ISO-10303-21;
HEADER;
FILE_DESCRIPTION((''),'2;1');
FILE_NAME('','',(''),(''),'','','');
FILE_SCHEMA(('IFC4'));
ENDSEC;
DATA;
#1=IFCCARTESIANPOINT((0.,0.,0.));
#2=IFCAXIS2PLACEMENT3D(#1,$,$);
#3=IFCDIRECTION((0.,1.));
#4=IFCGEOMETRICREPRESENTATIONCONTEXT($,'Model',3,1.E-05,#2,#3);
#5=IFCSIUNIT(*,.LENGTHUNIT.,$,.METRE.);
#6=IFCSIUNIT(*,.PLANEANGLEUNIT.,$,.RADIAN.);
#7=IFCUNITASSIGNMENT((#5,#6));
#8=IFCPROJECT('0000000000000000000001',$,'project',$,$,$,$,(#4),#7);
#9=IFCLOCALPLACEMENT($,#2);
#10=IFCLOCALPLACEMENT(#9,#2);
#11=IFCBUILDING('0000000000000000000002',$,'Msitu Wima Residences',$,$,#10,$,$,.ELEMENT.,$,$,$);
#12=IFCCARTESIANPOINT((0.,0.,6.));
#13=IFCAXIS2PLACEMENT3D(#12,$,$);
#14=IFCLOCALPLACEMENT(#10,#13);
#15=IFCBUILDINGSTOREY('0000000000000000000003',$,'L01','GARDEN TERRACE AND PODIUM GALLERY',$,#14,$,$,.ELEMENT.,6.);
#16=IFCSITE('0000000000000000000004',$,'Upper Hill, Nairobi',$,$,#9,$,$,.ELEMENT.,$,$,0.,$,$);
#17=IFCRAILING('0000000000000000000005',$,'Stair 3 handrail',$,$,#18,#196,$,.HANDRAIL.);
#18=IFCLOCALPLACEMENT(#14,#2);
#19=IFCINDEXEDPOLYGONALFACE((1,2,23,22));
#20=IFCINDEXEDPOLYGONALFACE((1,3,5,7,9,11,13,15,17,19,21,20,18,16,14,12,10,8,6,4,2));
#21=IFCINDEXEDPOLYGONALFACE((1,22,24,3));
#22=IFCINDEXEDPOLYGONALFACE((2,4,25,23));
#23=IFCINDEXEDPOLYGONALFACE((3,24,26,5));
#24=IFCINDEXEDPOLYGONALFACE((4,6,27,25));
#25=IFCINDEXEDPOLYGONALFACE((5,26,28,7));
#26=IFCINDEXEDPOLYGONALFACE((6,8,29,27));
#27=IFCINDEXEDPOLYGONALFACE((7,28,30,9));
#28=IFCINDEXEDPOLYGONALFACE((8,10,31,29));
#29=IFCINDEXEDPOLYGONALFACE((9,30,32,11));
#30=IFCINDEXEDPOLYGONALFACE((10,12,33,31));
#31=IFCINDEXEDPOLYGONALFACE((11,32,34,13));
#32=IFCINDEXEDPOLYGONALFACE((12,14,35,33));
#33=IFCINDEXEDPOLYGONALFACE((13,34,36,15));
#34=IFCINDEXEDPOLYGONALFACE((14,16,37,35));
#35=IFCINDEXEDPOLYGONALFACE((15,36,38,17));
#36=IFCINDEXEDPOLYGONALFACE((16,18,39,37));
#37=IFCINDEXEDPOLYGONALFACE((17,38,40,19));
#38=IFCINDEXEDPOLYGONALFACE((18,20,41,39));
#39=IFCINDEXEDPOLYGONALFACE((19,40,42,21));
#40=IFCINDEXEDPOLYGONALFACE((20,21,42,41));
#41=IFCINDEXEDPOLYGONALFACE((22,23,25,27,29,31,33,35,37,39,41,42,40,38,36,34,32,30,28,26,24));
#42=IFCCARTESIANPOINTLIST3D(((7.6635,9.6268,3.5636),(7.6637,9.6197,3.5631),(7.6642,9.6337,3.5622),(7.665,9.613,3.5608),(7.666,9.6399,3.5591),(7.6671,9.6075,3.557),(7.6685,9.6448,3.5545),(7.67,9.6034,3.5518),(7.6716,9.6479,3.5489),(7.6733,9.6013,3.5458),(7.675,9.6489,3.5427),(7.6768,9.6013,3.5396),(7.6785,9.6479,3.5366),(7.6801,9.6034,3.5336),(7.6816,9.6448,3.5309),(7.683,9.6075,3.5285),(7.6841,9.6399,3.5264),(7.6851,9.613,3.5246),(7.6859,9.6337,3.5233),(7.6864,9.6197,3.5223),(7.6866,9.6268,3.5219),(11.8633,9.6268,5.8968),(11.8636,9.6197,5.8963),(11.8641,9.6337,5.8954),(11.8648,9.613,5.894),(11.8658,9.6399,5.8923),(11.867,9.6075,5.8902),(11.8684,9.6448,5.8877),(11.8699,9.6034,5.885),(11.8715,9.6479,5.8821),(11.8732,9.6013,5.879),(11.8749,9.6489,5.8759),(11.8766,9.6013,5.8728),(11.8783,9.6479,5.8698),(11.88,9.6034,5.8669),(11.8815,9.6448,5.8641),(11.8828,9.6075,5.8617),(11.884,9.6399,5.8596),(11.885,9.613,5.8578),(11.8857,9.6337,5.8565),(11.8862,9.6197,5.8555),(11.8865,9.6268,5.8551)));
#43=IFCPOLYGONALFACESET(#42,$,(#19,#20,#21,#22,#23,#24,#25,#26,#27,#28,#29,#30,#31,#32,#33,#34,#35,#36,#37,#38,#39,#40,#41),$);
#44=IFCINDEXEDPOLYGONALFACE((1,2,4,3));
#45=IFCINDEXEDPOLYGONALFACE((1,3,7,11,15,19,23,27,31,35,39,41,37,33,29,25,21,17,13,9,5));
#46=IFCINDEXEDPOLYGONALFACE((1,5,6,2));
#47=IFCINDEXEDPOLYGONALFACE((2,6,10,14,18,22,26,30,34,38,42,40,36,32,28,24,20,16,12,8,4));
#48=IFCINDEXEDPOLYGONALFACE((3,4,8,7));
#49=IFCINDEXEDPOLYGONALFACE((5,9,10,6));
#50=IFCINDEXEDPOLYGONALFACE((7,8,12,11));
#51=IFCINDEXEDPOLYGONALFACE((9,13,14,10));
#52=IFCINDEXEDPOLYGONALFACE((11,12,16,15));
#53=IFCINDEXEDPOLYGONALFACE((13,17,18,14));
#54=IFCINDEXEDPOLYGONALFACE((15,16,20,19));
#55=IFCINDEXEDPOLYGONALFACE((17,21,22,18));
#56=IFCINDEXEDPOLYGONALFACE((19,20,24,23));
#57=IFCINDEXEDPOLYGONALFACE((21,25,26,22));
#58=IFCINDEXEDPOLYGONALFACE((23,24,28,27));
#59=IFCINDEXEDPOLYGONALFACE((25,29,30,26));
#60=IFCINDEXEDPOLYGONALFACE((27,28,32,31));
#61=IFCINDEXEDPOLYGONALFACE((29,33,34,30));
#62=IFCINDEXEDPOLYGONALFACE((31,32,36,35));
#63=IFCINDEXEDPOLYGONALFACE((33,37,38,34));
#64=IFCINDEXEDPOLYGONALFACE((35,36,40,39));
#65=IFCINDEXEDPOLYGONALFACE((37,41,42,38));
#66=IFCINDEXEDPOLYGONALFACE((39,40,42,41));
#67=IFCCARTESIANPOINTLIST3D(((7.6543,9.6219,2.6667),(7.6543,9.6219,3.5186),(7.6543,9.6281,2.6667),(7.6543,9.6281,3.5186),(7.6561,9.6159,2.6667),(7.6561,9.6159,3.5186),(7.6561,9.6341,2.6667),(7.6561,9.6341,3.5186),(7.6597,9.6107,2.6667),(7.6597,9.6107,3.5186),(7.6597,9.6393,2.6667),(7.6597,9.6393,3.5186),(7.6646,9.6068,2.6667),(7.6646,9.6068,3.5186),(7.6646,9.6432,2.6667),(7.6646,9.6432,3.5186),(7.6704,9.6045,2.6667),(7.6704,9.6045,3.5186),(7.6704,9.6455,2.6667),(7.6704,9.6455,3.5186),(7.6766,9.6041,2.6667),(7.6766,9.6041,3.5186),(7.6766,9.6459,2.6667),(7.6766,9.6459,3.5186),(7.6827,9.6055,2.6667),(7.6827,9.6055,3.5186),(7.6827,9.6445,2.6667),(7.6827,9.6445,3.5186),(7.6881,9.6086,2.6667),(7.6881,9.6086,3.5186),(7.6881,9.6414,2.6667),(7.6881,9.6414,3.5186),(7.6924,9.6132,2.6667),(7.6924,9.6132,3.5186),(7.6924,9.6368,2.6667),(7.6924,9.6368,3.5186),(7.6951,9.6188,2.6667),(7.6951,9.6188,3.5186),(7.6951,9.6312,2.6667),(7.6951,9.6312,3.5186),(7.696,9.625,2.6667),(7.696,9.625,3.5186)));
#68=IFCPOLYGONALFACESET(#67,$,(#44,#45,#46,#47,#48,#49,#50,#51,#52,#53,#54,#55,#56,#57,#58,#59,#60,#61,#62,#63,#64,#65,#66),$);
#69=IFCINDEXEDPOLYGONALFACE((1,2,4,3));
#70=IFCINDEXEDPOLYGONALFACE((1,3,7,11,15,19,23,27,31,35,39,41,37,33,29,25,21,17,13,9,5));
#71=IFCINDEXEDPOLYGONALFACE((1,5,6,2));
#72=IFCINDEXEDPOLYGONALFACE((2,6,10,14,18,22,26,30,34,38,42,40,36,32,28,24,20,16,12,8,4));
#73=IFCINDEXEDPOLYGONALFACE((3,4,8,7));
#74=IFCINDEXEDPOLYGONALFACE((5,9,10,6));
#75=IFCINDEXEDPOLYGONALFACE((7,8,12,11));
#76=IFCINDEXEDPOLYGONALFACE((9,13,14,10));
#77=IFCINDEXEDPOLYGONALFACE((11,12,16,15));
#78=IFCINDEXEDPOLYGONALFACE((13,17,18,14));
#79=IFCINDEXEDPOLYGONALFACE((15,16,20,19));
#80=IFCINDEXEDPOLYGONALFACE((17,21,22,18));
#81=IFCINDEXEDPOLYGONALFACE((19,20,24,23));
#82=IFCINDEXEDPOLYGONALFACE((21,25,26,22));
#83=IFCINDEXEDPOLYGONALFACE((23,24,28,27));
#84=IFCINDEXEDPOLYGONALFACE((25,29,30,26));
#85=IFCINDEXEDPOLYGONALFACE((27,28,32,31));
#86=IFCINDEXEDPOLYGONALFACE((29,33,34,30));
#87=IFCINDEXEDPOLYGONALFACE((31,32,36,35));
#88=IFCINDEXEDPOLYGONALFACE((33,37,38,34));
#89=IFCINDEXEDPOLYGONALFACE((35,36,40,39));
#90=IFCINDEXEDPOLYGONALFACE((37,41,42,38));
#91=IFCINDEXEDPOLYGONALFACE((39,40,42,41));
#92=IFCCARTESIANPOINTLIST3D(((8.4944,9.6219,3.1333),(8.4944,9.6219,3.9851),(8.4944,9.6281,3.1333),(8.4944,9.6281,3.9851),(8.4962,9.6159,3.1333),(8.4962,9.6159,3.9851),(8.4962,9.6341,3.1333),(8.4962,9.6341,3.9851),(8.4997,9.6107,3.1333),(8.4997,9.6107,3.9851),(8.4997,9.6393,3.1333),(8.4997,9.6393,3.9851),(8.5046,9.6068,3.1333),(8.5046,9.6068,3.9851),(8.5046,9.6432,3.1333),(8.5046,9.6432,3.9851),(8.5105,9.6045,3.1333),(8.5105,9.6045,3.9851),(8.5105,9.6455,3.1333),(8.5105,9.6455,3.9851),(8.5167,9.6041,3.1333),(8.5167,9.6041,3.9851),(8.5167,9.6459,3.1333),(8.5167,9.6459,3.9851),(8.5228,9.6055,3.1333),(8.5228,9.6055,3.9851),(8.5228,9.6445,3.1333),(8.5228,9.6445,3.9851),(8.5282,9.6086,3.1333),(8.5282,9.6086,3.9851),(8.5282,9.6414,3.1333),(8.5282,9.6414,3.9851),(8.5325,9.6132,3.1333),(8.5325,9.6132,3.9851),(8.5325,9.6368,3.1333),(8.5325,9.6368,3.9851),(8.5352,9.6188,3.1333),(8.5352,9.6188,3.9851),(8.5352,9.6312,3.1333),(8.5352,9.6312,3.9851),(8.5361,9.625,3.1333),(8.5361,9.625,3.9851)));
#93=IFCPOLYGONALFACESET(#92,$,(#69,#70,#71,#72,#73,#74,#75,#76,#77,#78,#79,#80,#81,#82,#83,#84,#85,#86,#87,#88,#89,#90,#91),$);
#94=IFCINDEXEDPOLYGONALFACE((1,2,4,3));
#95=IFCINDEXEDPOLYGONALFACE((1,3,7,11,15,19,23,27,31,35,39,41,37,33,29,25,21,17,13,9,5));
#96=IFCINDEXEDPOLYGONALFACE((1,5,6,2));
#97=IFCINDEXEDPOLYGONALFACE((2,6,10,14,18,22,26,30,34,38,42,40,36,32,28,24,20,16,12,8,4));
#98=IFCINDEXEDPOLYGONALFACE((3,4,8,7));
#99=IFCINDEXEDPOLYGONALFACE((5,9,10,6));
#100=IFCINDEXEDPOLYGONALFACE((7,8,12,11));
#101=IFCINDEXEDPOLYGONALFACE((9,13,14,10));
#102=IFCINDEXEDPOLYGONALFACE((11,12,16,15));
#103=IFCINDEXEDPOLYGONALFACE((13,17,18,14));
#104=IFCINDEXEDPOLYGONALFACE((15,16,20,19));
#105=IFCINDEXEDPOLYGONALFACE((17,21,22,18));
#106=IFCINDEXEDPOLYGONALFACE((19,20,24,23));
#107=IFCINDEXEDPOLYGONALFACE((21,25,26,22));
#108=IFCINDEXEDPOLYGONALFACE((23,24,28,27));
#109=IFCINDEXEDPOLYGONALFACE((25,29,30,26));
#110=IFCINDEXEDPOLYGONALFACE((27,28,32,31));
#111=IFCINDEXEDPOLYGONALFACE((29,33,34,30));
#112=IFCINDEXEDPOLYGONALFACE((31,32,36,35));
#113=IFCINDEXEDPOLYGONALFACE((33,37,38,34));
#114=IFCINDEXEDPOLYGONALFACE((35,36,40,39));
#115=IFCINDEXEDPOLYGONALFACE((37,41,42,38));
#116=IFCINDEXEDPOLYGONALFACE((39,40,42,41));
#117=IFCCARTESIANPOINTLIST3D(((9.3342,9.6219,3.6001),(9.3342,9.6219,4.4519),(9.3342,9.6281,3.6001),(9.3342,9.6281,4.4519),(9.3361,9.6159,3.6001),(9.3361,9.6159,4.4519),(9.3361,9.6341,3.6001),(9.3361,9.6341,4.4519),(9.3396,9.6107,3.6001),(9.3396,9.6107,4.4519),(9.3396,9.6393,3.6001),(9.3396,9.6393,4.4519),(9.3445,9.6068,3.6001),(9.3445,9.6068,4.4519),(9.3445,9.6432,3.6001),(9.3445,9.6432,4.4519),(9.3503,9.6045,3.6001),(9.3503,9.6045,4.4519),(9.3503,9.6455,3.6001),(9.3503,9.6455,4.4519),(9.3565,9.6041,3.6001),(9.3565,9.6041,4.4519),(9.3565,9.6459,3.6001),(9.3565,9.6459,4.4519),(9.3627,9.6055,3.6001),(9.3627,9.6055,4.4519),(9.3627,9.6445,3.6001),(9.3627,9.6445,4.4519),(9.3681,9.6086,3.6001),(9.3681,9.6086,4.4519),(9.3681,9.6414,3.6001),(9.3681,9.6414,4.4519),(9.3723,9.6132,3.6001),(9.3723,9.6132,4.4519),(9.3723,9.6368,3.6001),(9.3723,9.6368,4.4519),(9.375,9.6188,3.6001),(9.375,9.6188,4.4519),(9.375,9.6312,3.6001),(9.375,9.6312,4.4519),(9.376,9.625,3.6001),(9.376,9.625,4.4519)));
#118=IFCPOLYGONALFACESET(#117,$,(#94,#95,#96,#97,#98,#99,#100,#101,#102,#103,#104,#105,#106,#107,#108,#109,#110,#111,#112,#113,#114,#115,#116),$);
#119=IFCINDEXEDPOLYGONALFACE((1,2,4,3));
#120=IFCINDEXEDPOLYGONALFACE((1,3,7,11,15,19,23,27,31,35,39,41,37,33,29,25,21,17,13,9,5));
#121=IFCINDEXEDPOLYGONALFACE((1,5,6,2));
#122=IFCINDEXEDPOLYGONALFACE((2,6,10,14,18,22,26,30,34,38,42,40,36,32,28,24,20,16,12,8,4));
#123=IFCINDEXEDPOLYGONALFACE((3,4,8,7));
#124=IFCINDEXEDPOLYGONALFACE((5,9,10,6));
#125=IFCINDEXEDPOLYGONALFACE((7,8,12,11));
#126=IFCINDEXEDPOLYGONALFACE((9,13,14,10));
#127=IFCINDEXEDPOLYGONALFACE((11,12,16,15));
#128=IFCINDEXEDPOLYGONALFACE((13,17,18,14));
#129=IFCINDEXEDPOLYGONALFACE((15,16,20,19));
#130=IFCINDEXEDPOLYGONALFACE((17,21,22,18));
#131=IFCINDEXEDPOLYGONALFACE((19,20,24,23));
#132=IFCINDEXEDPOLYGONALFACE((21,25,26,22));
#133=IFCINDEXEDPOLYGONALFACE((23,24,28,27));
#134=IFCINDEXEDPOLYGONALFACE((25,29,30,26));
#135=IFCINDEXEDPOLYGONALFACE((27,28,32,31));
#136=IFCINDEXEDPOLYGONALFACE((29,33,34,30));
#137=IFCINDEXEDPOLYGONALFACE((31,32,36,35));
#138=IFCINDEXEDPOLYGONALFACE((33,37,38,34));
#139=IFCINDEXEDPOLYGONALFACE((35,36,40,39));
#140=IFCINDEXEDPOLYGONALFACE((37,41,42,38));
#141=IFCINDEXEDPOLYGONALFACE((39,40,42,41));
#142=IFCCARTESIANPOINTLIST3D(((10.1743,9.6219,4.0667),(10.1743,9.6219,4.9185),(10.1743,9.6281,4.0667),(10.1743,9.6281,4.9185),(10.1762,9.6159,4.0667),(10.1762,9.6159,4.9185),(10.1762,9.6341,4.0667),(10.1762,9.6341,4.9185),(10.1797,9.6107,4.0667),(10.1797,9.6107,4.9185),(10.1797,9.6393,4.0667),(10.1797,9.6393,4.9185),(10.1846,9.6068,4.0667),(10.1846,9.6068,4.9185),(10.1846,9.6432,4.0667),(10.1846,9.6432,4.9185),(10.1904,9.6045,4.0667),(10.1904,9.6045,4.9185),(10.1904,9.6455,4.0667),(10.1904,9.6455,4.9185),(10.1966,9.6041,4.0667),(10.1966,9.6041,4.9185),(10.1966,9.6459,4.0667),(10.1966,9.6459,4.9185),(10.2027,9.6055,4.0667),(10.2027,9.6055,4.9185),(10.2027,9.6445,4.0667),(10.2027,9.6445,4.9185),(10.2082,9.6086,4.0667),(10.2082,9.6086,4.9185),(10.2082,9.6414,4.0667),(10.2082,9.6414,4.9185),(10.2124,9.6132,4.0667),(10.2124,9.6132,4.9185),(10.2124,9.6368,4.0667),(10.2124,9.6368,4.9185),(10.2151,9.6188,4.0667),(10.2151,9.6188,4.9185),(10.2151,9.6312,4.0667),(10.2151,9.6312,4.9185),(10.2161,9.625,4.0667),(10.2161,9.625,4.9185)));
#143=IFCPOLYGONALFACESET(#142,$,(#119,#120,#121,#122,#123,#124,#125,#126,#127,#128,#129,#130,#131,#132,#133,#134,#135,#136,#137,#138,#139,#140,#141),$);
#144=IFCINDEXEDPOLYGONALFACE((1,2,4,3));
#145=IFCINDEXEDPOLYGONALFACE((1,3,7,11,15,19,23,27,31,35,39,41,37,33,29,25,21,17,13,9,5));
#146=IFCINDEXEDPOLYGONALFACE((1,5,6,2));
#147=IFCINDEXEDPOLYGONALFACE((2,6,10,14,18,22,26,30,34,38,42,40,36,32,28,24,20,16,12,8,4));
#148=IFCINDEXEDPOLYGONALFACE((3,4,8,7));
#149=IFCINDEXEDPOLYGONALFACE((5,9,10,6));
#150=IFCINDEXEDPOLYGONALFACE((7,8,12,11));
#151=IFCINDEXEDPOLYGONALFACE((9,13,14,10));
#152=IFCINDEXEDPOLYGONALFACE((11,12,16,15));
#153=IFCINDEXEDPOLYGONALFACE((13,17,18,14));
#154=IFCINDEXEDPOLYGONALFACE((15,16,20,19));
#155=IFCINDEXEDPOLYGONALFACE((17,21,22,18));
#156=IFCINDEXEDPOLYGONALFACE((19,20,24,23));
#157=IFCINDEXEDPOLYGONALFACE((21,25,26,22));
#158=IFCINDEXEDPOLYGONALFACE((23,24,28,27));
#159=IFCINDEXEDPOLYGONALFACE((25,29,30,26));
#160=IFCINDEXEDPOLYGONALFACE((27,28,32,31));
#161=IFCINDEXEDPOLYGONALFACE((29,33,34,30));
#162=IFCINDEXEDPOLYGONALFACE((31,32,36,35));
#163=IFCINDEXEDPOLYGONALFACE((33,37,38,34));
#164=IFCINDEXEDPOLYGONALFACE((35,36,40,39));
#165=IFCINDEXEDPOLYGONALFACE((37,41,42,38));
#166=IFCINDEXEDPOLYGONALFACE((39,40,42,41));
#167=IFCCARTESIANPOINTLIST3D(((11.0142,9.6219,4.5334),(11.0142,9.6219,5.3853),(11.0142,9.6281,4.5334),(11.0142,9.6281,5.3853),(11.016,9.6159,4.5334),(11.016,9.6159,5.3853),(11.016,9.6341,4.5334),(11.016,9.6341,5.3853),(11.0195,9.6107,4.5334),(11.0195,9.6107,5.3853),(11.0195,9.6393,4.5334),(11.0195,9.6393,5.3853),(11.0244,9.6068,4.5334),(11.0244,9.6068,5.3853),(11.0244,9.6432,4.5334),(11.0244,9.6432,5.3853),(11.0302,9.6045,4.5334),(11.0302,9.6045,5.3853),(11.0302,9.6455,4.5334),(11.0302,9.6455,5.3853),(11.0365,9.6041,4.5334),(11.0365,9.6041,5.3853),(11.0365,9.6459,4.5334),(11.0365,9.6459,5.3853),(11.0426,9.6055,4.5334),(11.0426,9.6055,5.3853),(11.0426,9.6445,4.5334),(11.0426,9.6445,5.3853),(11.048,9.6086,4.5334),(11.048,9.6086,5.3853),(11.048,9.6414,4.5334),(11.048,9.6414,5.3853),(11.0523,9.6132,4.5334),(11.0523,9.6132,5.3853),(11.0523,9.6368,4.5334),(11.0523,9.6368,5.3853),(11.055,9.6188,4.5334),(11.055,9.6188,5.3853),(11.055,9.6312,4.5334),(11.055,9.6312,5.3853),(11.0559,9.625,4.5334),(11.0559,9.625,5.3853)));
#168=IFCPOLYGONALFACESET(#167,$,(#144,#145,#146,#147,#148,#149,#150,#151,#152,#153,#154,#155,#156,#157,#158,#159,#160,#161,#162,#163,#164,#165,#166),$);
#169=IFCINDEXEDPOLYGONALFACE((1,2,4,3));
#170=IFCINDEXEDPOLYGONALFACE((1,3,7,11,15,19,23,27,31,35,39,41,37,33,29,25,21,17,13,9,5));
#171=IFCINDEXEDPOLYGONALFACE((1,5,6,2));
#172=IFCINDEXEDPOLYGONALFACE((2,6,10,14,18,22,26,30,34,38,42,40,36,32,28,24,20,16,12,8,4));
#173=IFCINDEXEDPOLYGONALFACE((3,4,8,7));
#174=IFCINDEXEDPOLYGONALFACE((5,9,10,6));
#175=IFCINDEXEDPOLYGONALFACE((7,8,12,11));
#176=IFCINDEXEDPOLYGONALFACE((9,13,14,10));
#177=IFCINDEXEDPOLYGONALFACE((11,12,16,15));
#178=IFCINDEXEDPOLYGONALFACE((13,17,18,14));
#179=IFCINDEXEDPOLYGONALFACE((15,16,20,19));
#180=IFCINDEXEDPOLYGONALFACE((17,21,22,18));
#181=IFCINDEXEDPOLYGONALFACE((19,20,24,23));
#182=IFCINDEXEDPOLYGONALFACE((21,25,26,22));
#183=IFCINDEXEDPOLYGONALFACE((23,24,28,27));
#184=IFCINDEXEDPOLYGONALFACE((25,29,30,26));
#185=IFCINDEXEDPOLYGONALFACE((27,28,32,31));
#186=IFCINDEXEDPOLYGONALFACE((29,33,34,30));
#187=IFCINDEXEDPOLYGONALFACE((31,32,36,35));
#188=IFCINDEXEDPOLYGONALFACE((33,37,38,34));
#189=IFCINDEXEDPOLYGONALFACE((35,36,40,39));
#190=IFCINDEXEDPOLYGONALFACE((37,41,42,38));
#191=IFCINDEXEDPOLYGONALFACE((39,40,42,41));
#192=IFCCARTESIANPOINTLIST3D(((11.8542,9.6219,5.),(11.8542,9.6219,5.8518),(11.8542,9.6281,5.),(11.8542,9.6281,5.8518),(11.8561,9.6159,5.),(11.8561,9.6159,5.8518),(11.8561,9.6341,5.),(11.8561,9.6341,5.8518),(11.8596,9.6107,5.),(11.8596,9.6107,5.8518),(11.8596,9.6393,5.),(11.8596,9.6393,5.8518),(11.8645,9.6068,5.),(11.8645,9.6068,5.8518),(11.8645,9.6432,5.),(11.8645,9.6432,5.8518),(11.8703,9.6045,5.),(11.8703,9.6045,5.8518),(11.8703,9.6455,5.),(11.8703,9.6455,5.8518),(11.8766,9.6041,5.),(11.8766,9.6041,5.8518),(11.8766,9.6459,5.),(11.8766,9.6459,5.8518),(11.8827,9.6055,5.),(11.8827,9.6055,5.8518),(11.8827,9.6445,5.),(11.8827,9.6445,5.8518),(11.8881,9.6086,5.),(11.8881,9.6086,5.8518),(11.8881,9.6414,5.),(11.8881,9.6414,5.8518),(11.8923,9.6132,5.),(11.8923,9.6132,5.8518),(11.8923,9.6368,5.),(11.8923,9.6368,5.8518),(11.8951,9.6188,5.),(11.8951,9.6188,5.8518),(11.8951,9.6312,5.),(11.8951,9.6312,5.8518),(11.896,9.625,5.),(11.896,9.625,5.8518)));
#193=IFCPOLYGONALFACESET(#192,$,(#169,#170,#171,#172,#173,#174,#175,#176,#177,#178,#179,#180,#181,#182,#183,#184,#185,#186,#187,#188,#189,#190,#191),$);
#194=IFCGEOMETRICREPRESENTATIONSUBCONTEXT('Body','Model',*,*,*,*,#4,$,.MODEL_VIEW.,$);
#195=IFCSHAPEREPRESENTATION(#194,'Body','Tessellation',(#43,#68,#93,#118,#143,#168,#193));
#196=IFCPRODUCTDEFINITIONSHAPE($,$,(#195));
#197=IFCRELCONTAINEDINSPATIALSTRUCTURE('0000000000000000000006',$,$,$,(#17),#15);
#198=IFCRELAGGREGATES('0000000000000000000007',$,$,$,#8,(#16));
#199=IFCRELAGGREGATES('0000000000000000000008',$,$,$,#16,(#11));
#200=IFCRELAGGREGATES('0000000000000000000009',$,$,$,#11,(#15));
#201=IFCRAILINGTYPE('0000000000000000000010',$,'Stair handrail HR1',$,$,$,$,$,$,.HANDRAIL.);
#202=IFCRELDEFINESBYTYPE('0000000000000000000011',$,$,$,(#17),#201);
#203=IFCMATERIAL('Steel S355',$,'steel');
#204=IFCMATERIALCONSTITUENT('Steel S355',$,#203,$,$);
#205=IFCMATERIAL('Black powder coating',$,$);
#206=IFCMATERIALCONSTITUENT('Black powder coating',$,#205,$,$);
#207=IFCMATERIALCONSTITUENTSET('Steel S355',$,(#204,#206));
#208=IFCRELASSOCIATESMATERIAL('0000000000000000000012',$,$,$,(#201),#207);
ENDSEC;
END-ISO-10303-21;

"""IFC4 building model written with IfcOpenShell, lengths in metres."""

from ifc_helpers import new_model, si_unit, direction, frame, origin, origin_2d, place, context, subcontext, project, spatial, circle, extrude, material, constituent, constituent_set, type_object, element, save


model = new_model("IFC4")

# Units and contexts
model_context = context("Model", 3, precision=1e-05, world=origin(), true_north=direction((0.0, 1.0)))
body_context = subcontext(model_context, "Body", "Model", "MODEL_VIEW")
ifc_project = project(units=[si_unit("LENGTHUNIT", "METRE"), si_unit("PLANEANGLEUNIT", "RADIAN")], contexts=[model_context])

# Site, building, storey
site_placement = place(None, origin())
site = spatial("IfcSite", under=ifc_project, at=site_placement, Name="Upper Hill, Nairobi", CompositionType="ELEMENT", RefElevation=0.0)
building_placement = place(site_placement, origin())
building = spatial("IfcBuilding", under=site, at=building_placement, Name="Msitu Wima Residences", CompositionType="ELEMENT")
storey_placement = place(building_placement, frame((0.0, 0.0, 6.0)))
storey = spatial("IfcBuildingStorey", under=building, at=storey_placement, Name="L01", Description="GARDEN TERRACE AND PODIUM GALLERY", CompositionType="ELEMENT", Elevation=6.0)

# Railing
ifc_material_1 = material(Name="Steel S355", Category="steel")
ifc_constituent_1 = constituent(ifc_material_1, Name="Steel S355")
ifc_material_2 = material(Name="Black powder coating")
ifc_constituent_2 = constituent(ifc_material_2, Name="Black powder coating")
ifc_constituent_set = constituent_set(constituents=[ifc_constituent_1, ifc_constituent_2], Name="Steel S355")
railing_type = type_object("IfcRailingType", Name="Stair handrail HR1", PredefinedType="HANDRAIL", material=ifc_constituent_set)
for number, where, name in (
    (1, (7.675, 9.625, 2.6667), "Stair 3 handrail"),
):
    element("IfcRailing", number, at=place(storey_placement, frame(where)), inside=storey, type_object=railing_type, Name=name, PredefinedType="HANDRAIL", context=body_context, shape_type="SweptSolid", body=[
        extrude(circle(Radius=0.0239, at=origin_2d()), frame((0.0, 0.0, 0.876), z_axis=(0.874162, 0.0, 0.485634), x_axis=(0.0, 1.0, 0.0)), (0.0, 0.0, 1.0), 4.8044),
        extrude(circle(Radius=0.021, at=origin_2d()), origin(), (0.0, 0.0, 1.0), 0.8518),
        extrude(circle(Radius=0.021, at=origin_2d()), frame((0.8401, 0.0, 0.4666)), (0.0, 0.0, 1.0), 0.8518),
        extrude(circle(Radius=0.021, at=origin_2d()), frame((1.6799, 0.0, 0.9333)), (0.0, 0.0, 1.0), 0.8518),
        extrude(circle(Radius=0.021, at=origin_2d()), frame((2.52, 0.0, 1.3999)), (0.0, 0.0, 1.0), 0.8518),
        extrude(circle(Radius=0.021, at=origin_2d()), frame((3.3599, 0.0, 1.8667)), (0.0, 0.0, 1.0), 0.8518),
        extrude(circle(Radius=0.021, at=origin_2d()), frame((4.2, 0.0, 2.3333)), (0.0, 0.0, 1.0), 0.8518),
    ])

save(model, "model.ifc")
